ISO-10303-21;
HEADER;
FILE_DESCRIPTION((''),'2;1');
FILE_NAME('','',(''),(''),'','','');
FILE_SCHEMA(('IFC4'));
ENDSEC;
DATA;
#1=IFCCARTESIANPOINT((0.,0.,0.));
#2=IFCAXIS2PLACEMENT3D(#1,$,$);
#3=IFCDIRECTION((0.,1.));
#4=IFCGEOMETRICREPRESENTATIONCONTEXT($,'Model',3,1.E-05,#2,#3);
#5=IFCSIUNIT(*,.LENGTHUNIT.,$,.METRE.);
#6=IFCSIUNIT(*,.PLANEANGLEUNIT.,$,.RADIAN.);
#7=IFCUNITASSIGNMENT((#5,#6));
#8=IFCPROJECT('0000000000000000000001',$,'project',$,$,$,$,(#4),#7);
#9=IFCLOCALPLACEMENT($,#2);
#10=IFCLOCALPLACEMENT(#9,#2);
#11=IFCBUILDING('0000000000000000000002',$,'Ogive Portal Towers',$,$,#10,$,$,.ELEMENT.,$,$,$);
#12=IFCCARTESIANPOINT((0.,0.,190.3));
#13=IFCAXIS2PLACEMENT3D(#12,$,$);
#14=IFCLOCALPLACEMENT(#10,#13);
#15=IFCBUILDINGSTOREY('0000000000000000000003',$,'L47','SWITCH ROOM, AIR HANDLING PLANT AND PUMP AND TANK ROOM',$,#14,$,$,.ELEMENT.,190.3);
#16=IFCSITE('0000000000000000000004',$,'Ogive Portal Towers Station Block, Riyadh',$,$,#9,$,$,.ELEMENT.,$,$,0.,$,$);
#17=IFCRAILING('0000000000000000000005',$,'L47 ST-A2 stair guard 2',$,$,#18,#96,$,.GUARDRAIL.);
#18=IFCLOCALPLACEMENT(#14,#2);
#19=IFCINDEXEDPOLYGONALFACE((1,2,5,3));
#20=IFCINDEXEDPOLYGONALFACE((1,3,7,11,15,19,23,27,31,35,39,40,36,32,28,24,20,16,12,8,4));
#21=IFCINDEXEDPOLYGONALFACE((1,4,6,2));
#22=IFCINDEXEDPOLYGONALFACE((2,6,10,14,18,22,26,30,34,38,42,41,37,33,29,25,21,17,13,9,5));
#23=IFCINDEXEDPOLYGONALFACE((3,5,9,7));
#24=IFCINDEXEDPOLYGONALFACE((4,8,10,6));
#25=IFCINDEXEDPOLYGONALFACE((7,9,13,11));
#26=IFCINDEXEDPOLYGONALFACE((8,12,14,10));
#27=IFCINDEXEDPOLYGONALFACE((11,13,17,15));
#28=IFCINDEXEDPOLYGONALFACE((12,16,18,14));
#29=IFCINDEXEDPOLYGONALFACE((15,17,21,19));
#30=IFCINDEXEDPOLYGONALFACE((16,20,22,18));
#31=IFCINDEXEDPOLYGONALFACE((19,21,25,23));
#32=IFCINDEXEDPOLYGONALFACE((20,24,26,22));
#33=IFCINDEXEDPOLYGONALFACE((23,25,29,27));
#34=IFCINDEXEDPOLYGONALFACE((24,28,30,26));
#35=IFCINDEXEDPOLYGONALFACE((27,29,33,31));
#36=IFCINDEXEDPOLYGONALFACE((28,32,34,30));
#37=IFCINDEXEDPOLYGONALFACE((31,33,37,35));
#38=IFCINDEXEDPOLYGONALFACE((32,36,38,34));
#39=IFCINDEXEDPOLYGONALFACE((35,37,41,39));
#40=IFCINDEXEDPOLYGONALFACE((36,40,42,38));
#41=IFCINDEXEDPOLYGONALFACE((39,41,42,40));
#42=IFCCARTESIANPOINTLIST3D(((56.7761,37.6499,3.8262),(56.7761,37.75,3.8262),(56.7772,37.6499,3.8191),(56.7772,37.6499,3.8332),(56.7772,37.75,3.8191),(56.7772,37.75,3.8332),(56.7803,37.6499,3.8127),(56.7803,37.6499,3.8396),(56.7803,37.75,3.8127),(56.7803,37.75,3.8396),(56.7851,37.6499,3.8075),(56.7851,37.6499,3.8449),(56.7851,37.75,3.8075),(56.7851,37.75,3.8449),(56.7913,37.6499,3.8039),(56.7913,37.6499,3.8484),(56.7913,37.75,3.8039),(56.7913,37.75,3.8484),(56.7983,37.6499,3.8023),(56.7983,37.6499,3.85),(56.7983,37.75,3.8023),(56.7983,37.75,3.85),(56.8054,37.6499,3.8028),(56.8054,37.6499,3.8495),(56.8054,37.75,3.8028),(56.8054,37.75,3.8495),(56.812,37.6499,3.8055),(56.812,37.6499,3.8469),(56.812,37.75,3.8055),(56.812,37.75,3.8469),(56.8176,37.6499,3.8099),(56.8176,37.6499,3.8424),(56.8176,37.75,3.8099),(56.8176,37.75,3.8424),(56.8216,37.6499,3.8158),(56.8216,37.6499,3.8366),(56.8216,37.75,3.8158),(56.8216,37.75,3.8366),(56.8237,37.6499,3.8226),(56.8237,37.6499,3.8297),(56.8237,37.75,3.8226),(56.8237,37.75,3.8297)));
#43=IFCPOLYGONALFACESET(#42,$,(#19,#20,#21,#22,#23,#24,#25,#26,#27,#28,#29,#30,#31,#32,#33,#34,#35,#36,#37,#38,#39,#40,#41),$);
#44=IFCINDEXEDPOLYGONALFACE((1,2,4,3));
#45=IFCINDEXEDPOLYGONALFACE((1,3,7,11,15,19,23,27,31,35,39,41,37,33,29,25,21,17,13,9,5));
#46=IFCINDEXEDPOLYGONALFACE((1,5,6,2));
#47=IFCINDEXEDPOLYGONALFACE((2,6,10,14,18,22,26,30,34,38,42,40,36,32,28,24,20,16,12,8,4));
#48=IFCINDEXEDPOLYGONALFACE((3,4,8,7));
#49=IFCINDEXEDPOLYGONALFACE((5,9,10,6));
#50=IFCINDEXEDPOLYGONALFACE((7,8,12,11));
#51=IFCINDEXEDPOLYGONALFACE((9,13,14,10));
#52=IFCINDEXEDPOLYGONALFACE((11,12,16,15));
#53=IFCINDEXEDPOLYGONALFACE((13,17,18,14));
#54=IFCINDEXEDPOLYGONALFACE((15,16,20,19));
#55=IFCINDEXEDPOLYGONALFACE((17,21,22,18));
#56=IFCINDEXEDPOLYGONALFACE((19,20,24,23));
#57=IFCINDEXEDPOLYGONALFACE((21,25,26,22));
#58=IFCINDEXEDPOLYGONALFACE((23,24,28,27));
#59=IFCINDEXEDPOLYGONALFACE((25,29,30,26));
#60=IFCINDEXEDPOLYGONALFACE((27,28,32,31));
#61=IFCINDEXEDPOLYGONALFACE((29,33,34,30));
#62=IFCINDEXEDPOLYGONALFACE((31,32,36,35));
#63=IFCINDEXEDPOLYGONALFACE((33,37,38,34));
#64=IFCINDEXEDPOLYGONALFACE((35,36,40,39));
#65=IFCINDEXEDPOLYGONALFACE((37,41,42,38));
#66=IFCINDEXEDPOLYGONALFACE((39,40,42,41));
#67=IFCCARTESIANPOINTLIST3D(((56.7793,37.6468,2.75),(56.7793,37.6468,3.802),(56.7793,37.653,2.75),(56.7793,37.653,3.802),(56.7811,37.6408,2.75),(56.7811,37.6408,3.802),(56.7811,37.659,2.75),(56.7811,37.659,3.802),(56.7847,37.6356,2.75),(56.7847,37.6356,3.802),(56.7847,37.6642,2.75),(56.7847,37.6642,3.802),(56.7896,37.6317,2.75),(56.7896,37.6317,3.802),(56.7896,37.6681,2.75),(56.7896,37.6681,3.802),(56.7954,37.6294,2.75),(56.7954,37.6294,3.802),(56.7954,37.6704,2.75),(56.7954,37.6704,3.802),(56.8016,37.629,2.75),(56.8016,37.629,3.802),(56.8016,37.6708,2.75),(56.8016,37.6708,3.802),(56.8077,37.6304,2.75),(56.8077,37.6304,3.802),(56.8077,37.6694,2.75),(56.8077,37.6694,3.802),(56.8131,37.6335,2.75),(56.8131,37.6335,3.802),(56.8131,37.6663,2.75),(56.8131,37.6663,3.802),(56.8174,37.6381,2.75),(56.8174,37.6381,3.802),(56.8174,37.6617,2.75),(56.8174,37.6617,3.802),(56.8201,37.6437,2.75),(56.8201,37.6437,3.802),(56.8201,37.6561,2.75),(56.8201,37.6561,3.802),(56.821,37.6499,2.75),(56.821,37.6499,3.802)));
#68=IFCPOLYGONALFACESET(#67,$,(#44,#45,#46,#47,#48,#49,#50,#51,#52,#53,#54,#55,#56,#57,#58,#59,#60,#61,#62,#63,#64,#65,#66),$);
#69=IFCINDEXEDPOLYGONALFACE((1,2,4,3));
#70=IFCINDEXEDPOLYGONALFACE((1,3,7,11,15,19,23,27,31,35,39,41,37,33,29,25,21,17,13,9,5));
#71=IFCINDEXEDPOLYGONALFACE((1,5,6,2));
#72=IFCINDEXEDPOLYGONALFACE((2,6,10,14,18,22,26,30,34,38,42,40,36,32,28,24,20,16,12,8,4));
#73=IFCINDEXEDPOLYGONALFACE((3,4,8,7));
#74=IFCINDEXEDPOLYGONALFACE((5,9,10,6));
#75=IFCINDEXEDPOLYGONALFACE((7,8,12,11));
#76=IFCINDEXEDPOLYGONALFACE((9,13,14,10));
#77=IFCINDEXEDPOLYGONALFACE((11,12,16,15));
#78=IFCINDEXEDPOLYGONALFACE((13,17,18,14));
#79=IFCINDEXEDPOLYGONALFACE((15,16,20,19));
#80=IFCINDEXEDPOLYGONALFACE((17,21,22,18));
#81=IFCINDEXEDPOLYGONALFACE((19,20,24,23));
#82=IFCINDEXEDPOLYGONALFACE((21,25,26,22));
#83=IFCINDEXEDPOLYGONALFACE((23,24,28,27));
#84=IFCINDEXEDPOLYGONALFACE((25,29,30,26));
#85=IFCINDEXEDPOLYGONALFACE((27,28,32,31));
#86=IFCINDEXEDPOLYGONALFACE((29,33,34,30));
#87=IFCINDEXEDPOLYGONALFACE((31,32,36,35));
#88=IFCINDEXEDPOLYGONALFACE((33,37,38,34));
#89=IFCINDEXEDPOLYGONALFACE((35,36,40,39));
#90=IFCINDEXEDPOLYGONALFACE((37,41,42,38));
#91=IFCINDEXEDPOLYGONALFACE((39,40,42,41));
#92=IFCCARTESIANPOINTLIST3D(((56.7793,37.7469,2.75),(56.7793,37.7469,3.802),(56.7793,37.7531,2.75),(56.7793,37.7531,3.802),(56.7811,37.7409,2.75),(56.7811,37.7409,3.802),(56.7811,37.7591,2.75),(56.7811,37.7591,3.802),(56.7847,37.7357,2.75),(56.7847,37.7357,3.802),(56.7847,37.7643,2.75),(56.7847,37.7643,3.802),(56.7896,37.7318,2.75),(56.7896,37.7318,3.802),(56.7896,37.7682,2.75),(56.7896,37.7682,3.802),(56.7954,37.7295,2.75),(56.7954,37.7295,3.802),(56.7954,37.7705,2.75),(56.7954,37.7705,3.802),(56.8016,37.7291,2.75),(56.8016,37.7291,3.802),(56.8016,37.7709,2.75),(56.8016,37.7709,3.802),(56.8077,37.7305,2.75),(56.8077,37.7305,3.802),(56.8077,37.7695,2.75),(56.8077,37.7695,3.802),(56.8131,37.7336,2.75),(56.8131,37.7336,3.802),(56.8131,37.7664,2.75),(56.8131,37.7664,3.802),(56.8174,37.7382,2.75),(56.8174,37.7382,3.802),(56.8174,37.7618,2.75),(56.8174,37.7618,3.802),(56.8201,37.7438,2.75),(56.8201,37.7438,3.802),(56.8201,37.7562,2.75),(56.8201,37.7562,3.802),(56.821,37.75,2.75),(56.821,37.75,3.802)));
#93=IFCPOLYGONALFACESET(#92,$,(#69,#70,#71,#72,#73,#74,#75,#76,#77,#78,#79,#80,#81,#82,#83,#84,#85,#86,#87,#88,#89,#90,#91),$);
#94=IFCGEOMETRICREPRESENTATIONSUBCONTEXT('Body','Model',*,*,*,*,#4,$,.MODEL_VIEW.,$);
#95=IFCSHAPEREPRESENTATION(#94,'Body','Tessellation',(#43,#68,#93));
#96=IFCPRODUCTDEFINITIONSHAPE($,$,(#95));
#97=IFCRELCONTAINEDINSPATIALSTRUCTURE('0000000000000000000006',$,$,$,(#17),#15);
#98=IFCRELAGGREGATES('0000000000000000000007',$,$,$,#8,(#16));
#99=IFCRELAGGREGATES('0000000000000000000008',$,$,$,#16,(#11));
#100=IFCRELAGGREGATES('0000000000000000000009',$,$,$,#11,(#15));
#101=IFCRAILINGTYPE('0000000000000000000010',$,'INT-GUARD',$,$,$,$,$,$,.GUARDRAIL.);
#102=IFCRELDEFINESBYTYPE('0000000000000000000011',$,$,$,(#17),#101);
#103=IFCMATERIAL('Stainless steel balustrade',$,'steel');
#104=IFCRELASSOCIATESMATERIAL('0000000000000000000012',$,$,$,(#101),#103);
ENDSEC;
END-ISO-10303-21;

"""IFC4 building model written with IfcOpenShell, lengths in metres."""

from ifc_helpers import new_model, si_unit, direction, frame, origin, origin_2d, place, context, subcontext, project, spatial, circle, extrude, material, type_object, element, save


model = new_model("IFC4")

# Units and contexts
model_context = context("Model", 3, precision=1e-05, world=origin(), true_north=direction((0.0, 1.0)))
body_context = subcontext(model_context, "Body", "Model", "MODEL_VIEW")
ifc_project = project(units=[si_unit("LENGTHUNIT", "METRE"), si_unit("PLANEANGLEUNIT", "RADIAN")], contexts=[model_context])

# Site, building, storey
site_placement = place(None, origin())
site = spatial("IfcSite", under=ifc_project, at=site_placement, Name="Ogive Portal Towers Station Block, Riyadh", CompositionType="ELEMENT", RefElevation=0.0)
building_placement = place(site_placement, origin())
building = spatial("IfcBuilding", under=site, at=building_placement, Name="Ogive Portal Towers", CompositionType="ELEMENT")
storey_placement = place(building_placement, frame((0.0, 0.0, 190.3)))
storey = spatial("IfcBuildingStorey", under=building, at=storey_placement, Name="L47", Description="SWITCH ROOM, AIR HANDLING PLANT AND PUMP AND TANK ROOM", CompositionType="ELEMENT", Elevation=190.3)

# Railing
ifc_material_1 = material(Name="Stainless steel balustrade", Category="steel")
railing_type_1 = type_object("IfcRailingType", Name="INT-GUARD", PredefinedType="GUARDRAIL", material=ifc_material_1)
railing_1_placement = place(storey_placement, frame((56.8, 37.6499, 2.75)))
element("IfcRailing", 1, at=railing_1_placement, inside=storey, type_object=railing_type_1, Name="L47 ST-A2 stair guard 2", PredefinedType="GUARDRAIL", context=body_context, shape_type="SweptSolid", body=[
    extrude(circle(Radius=0.0239, at=origin_2d()), frame((0.0, 0.0, 1.0762), z_axis=(0.0, 1.0, 0.0), x_axis=(-1.0, 0.0, 0.0)), (0.0, 0.0, 1.0), 0.1001),
    extrude(circle(Radius=0.021, at=origin_2d()), origin(), (0.0, 0.0, 1.0), 1.052),
    extrude(circle(Radius=0.021, at=origin_2d()), frame((0.0, 0.1001, 0.0)), (0.0, 0.0, 1.0), 1.052),
])

save(model, "model.ifc")
